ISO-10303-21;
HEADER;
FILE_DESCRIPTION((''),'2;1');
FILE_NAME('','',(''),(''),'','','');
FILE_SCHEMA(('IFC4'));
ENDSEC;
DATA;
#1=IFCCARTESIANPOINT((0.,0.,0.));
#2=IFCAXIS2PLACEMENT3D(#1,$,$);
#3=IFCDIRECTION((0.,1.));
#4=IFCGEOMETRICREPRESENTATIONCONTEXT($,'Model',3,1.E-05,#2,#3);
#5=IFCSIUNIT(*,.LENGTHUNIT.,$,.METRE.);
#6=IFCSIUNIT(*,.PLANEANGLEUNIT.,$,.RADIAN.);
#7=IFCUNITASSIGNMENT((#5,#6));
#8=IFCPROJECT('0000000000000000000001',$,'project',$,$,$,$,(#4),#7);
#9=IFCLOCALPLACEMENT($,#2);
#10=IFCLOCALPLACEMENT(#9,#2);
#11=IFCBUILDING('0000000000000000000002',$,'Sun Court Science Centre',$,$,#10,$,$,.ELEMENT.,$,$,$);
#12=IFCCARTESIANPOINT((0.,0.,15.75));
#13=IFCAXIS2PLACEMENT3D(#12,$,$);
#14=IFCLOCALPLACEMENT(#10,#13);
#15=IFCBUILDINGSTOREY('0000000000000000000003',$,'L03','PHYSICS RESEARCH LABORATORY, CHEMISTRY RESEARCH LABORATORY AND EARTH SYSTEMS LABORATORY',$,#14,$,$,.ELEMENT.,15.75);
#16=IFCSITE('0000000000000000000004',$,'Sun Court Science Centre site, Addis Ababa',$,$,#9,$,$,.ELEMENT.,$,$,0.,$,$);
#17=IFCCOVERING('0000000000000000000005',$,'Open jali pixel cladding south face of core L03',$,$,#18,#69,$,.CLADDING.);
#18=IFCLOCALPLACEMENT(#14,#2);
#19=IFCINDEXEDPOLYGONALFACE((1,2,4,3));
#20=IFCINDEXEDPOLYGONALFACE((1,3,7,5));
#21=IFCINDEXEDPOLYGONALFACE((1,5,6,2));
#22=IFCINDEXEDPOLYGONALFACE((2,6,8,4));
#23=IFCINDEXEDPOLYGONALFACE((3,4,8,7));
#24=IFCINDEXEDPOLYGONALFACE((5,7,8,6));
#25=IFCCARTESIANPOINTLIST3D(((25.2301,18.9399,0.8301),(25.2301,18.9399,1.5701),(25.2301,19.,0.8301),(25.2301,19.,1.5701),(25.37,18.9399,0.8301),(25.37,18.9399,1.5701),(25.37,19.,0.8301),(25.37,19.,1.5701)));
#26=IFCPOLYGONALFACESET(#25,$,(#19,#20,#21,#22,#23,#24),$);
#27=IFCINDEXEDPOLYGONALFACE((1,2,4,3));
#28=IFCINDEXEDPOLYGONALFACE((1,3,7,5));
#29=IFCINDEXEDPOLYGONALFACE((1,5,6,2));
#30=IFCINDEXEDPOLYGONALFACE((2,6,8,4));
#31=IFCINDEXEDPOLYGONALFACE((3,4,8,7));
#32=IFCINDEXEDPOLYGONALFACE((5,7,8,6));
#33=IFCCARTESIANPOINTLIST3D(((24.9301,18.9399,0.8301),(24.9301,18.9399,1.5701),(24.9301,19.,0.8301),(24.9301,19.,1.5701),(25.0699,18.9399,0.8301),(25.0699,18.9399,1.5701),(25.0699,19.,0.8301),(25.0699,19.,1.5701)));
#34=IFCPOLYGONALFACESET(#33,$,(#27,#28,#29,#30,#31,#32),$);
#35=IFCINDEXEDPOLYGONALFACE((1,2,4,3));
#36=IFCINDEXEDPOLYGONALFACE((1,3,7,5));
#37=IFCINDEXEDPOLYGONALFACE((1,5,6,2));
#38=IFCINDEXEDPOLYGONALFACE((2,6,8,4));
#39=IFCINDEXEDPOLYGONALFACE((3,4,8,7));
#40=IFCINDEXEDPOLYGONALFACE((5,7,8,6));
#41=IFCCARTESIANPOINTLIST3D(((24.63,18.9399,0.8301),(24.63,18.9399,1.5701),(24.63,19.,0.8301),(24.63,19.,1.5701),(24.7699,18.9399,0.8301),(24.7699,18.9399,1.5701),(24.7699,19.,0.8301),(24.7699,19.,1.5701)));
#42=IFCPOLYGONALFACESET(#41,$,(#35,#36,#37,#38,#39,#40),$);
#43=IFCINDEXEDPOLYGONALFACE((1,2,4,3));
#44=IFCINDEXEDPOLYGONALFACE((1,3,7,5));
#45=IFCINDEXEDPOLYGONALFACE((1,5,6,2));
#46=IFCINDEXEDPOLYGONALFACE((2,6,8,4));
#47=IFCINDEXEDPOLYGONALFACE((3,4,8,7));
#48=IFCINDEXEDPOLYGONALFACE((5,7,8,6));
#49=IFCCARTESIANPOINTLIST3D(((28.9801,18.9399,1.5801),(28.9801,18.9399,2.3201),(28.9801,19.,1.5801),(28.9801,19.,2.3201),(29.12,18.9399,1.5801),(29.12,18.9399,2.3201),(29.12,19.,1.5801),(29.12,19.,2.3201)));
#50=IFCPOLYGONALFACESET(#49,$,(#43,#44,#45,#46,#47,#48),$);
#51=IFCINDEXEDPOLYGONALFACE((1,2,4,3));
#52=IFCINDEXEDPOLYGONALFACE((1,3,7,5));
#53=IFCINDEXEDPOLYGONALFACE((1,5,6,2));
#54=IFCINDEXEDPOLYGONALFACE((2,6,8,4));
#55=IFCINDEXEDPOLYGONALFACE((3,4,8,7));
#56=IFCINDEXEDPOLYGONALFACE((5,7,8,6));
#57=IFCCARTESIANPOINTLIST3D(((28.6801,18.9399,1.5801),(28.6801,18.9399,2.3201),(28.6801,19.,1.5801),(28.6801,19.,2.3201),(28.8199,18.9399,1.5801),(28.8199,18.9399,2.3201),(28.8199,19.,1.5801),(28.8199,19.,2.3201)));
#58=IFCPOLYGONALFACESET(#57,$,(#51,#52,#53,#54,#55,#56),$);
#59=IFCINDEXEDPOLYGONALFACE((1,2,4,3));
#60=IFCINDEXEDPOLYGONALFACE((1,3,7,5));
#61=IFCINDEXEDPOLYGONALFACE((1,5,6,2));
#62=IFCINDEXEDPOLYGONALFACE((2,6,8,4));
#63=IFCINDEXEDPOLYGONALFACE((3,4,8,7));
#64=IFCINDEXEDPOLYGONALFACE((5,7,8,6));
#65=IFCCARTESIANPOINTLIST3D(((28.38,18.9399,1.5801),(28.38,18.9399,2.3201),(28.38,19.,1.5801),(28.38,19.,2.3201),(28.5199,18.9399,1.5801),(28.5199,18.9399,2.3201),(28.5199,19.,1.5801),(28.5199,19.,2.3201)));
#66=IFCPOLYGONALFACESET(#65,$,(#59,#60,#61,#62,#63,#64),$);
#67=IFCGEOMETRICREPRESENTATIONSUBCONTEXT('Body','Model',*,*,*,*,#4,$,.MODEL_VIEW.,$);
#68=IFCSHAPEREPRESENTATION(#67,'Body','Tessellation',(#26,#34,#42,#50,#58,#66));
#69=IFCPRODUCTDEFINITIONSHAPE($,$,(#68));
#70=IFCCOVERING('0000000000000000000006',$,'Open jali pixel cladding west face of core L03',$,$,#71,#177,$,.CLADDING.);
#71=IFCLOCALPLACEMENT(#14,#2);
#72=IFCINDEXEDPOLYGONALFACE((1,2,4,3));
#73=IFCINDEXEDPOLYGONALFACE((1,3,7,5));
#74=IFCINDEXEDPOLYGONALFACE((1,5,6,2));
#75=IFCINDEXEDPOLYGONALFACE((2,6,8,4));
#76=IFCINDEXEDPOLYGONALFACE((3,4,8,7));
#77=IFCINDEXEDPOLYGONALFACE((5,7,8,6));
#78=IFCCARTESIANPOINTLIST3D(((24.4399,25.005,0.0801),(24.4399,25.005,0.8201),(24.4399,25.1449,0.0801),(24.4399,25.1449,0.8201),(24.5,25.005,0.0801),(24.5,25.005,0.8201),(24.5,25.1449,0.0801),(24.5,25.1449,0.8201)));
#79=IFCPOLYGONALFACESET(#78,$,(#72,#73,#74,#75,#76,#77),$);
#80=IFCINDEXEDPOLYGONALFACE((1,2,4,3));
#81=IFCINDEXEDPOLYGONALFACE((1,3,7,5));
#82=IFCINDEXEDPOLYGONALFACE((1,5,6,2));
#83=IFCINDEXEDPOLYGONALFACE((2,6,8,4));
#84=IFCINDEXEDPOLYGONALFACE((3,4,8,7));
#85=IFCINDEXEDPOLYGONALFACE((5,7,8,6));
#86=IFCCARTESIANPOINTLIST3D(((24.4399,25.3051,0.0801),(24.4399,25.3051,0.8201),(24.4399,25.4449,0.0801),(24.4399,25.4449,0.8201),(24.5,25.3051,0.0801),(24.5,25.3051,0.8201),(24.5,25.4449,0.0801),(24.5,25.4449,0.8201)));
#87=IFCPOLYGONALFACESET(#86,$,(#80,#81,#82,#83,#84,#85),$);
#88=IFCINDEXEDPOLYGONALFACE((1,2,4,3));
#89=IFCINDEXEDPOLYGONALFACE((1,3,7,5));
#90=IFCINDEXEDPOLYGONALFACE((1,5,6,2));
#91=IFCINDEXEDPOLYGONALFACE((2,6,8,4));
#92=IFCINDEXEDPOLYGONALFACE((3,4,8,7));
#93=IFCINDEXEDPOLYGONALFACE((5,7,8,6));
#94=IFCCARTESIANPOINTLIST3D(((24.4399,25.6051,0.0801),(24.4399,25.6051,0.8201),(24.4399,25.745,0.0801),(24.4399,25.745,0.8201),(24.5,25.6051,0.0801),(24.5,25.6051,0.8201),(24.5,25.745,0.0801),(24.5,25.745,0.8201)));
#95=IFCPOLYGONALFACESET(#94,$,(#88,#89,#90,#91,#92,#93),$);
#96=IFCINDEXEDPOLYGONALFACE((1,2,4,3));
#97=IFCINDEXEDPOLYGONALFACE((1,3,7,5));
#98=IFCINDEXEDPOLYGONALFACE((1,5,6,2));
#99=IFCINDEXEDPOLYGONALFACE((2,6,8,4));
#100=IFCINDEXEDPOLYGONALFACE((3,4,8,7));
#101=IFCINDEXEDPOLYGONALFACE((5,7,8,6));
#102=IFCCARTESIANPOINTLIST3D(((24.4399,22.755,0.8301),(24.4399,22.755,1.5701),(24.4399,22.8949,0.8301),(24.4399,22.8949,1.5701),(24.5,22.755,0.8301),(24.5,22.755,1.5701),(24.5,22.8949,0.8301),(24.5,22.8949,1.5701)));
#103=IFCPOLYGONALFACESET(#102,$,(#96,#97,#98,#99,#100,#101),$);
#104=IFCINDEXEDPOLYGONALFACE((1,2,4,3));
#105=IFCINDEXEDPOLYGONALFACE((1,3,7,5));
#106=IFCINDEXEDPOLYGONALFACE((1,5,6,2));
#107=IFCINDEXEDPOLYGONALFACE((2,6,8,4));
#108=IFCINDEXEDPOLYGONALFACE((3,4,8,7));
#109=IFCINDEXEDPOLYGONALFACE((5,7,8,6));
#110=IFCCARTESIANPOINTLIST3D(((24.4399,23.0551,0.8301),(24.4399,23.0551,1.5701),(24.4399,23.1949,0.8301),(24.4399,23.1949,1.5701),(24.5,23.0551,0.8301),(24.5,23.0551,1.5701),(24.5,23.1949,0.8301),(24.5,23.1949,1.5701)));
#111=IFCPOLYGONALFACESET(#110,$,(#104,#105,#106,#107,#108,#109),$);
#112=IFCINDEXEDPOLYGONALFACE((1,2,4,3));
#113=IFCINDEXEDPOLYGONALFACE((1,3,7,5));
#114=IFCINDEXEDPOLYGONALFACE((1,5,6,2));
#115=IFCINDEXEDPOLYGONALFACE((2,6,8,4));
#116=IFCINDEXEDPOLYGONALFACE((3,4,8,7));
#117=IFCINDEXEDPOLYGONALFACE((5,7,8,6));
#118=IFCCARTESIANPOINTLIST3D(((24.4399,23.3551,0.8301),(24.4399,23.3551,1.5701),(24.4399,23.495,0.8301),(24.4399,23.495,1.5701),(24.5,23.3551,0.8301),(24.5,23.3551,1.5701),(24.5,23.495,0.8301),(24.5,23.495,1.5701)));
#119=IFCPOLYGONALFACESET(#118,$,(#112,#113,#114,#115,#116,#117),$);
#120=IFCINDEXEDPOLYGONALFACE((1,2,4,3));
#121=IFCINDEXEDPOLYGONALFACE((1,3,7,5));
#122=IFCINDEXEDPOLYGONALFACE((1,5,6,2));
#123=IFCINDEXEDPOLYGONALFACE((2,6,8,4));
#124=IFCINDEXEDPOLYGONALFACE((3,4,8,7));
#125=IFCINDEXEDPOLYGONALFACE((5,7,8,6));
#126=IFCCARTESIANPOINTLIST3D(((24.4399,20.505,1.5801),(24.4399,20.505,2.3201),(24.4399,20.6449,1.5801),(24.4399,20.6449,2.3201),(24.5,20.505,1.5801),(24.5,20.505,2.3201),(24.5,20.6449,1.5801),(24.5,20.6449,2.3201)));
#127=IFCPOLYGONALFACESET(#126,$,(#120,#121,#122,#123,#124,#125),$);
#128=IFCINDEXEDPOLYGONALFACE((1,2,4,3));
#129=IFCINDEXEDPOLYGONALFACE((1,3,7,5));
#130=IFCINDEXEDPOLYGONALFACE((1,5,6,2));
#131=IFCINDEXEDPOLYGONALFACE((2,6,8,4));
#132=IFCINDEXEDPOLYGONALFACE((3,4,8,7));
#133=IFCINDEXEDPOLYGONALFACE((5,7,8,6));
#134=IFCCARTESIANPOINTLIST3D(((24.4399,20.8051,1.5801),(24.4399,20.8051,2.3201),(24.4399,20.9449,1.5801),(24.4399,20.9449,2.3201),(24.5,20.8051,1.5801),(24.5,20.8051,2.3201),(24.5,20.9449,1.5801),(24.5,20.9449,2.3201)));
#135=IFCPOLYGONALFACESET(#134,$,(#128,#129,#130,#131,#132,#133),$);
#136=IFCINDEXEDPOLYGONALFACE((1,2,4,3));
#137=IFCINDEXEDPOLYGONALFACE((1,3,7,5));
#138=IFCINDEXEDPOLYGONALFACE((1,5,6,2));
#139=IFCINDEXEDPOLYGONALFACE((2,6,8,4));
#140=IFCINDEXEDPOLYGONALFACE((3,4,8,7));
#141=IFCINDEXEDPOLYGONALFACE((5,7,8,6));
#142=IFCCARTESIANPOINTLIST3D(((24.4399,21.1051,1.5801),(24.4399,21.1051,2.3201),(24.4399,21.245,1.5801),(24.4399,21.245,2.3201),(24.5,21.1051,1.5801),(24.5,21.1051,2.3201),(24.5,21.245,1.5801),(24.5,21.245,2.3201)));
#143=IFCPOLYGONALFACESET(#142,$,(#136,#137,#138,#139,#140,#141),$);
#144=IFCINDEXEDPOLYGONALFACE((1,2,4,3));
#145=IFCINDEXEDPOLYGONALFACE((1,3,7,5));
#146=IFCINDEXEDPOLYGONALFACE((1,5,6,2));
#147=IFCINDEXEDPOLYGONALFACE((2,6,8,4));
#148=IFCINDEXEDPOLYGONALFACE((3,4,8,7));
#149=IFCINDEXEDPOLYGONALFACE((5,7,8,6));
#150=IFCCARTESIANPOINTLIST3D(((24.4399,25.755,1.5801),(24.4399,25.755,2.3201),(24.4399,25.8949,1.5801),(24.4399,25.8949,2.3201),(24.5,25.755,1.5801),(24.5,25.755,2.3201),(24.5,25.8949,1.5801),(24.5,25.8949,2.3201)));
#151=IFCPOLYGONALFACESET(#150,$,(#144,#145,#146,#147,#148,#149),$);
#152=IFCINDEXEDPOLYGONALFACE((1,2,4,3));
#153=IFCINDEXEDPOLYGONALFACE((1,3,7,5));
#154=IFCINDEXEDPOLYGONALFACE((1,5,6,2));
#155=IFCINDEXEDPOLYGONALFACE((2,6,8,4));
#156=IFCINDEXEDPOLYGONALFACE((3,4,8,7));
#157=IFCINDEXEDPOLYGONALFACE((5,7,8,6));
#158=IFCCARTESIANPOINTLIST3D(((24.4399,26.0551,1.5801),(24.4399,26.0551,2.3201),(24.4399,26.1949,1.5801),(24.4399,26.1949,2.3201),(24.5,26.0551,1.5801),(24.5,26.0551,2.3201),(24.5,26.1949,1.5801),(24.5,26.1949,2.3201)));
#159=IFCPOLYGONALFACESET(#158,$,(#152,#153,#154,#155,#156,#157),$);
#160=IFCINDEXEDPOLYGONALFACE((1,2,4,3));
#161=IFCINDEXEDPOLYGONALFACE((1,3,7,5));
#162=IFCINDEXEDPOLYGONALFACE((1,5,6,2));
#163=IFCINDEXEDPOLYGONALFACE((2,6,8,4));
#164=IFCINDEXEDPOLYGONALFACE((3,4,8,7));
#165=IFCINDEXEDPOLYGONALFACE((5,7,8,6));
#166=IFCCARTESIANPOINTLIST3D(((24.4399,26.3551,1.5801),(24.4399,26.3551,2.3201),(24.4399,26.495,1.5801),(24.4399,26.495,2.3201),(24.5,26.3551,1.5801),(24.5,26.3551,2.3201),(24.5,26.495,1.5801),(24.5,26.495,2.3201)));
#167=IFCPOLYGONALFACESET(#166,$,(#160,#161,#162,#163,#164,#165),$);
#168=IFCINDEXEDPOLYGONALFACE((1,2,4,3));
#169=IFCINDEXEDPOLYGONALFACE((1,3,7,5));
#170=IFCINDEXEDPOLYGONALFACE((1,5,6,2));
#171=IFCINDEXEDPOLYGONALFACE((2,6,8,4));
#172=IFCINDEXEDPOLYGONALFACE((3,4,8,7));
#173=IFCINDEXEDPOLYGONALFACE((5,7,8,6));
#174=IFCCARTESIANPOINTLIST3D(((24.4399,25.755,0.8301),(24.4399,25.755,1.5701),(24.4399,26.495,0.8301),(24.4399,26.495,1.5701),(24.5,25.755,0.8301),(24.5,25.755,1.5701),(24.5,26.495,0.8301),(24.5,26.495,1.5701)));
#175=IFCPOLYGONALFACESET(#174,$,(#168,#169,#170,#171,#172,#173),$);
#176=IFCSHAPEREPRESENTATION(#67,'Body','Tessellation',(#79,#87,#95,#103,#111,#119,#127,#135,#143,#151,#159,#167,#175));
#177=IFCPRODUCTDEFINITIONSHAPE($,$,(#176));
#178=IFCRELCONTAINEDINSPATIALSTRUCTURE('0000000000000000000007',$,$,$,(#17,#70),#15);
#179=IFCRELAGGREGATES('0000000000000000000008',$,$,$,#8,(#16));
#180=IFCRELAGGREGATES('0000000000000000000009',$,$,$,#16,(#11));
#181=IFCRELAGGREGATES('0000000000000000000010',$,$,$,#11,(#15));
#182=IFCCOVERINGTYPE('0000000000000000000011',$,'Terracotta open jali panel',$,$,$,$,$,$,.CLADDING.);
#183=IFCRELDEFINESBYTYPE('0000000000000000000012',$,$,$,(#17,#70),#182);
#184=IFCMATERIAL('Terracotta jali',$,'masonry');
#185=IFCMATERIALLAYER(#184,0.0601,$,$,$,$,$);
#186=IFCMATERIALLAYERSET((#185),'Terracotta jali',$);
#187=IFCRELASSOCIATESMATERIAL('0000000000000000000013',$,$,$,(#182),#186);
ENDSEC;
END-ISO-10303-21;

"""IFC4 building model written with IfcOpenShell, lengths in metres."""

from ifc_helpers import new_model, si_unit, direction, frame, origin, origin_2d, place, context, subcontext, project, spatial, rectangle, extrude, material, layer, layer_set, type_object, element, save


model = new_model("IFC4")

# Units and contexts
model_context = context("Model", 3, precision=1e-05, world=origin(), true_north=direction((0.0, 1.0)))
body_context = subcontext(model_context, "Body", "Model", "MODEL_VIEW")
ifc_project = project(units=[si_unit("LENGTHUNIT", "METRE"), si_unit("PLANEANGLEUNIT", "RADIAN")], contexts=[model_context])

# Site, building, storey
site_placement = place(None, origin())
site = spatial("IfcSite", under=ifc_project, at=site_placement, Name="Sun Court Science Centre site, Addis Ababa", CompositionType="ELEMENT", RefElevation=0.0)
building_placement = place(site_placement, origin())
building = spatial("IfcBuilding", under=site, at=building_placement, Name="Sun Court Science Centre", CompositionType="ELEMENT")
storey_placement = place(building_placement, frame((0.0, 0.0, 15.75)))
storey = spatial("IfcBuildingStorey", under=building, at=storey_placement, Name="L03", Description="PHYSICS RESEARCH LABORATORY, CHEMISTRY RESEARCH LABORATORY AND EARTH SYSTEMS LABORATORY", CompositionType="ELEMENT", Elevation=15.75)

# Coverings
ifc_material_1 = material(Name="Terracotta jali", Category="masonry")
ifc_layer_1 = layer(ifc_material_1, 0.0601)
ifc_layer_set_1 = layer_set([ifc_layer_1], Name="Terracotta jali")
covering_type_1 = type_object("IfcCoveringType", Name="Terracotta open jali panel", PredefinedType="CLADDING", material=ifc_layer_set_1)
covering_1_placement = place(storey_placement, frame((0.0, 0.0, -15.75)))
element("IfcCovering", 1, at=covering_1_placement, inside=storey, type_object=covering_type_1, Name="Open jali pixel cladding south face of core L03", PredefinedType="CLADDING", context=body_context, shape_type="SweptSolid", body=[
    extrude(rectangle(XDim=0.1399, YDim=0.0601, at=origin_2d()), frame((25.3, 18.97, 16.5801), z_axis=(0.0, 0.0, 1.0), x_axis=(-1.0, 0.0, 0.0)), (0.0, 0.0, 1.0), 0.74),
    extrude(rectangle(XDim=0.1399, YDim=0.0601, at=origin_2d()), frame((25.0, 18.97, 16.5801), z_axis=(0.0, 0.0, 1.0), x_axis=(-1.0, 0.0, 0.0)), (0.0, 0.0, 1.0), 0.74),
    extrude(rectangle(XDim=0.1399, YDim=0.0601, at=origin_2d()), frame((24.7, 18.97, 16.5801), z_axis=(0.0, 0.0, 1.0), x_axis=(-1.0, 0.0, 0.0)), (0.0, 0.0, 1.0), 0.74),
    extrude(rectangle(XDim=0.1399, YDim=0.0601, at=origin_2d()), frame((29.05, 18.97, 17.3301), z_axis=(0.0, 0.0, 1.0), x_axis=(-1.0, 0.0, 0.0)), (0.0, 0.0, 1.0), 0.74),
    extrude(rectangle(XDim=0.1399, YDim=0.0601, at=origin_2d()), frame((28.75, 18.97, 17.3301), z_axis=(0.0, 0.0, 1.0), x_axis=(-1.0, 0.0, 0.0)), (0.0, 0.0, 1.0), 0.74),
    extrude(rectangle(XDim=0.1399, YDim=0.0601, at=origin_2d()), frame((28.45, 18.97, 17.3301), z_axis=(0.0, 0.0, 1.0), x_axis=(-1.0, 0.0, 0.0)), (0.0, 0.0, 1.0), 0.74),
])
covering_2_placement = place(storey_placement, frame((0.0, 0.0, -15.75)))
element("IfcCovering", 2, at=covering_2_placement, inside=storey, type_object=covering_type_1, Name="Open jali pixel cladding west face of core L03", PredefinedType="CLADDING", context=body_context, shape_type="SweptSolid", body=[
    extrude(rectangle(XDim=0.1399, YDim=0.0601, at=origin_2d()), frame((24.47, 25.075, 15.8301), z_axis=(0.0, 0.0, 1.0), x_axis=(0.0, 1.0, 0.0)), (0.0, 0.0, 1.0), 0.74),
    extrude(rectangle(XDim=0.1399, YDim=0.0601, at=origin_2d()), frame((24.47, 25.375, 15.8301), z_axis=(0.0, 0.0, 1.0), x_axis=(0.0, 1.0, 0.0)), (0.0, 0.0, 1.0), 0.74),
    extrude(rectangle(XDim=0.1399, YDim=0.0601, at=origin_2d()), frame((24.47, 25.675, 15.8301), z_axis=(0.0, 0.0, 1.0), x_axis=(0.0, 1.0, 0.0)), (0.0, 0.0, 1.0), 0.74),
    extrude(rectangle(XDim=0.1399, YDim=0.0601, at=origin_2d()), frame((24.47, 22.825, 16.5801), z_axis=(0.0, 0.0, 1.0), x_axis=(0.0, 1.0, 0.0)), (0.0, 0.0, 1.0), 0.74),
    extrude(rectangle(XDim=0.1399, YDim=0.0601, at=origin_2d()), frame((24.47, 23.125, 16.5801), z_axis=(0.0, 0.0, 1.0), x_axis=(0.0, 1.0, 0.0)), (0.0, 0.0, 1.0), 0.74),
    extrude(rectangle(XDim=0.1399, YDim=0.0601, at=origin_2d()), frame((24.47, 23.425, 16.5801), z_axis=(0.0, 0.0, 1.0), x_axis=(0.0, 1.0, 0.0)), (0.0, 0.0, 1.0), 0.74),
    extrude(rectangle(XDim=0.1399, YDim=0.0601, at=origin_2d()), frame((24.47, 20.575, 17.3301), z_axis=(0.0, 0.0, 1.0), x_axis=(0.0, 1.0, 0.0)), (0.0, 0.0, 1.0), 0.74),
    extrude(rectangle(XDim=0.1399, YDim=0.0601, at=origin_2d()), frame((24.47, 20.875, 17.3301), z_axis=(0.0, 0.0, 1.0), x_axis=(0.0, 1.0, 0.0)), (0.0, 0.0, 1.0), 0.74),
    extrude(rectangle(XDim=0.1399, YDim=0.0601, at=origin_2d()), frame((24.47, 21.175, 17.3301), z_axis=(0.0, 0.0, 1.0), x_axis=(0.0, 1.0, 0.0)), (0.0, 0.0, 1.0), 0.74),
    extrude(rectangle(XDim=0.1399, YDim=0.0601, at=origin_2d()), frame((24.47, 25.825, 17.3301), z_axis=(0.0, 0.0, 1.0), x_axis=(0.0, 1.0, 0.0)), (0.0, 0.0, 1.0), 0.74),
    extrude(rectangle(XDim=0.1399, YDim=0.0601, at=origin_2d()), frame((24.47, 26.125, 17.3301), z_axis=(0.0, 0.0, 1.0), x_axis=(0.0, 1.0, 0.0)), (0.0, 0.0, 1.0), 0.74),
    extrude(rectangle(XDim=0.1399, YDim=0.0601, at=origin_2d()), frame((24.47, 26.425, 17.3301), z_axis=(0.0, 0.0, 1.0), x_axis=(0.0, 1.0, 0.0)), (0.0, 0.0, 1.0), 0.74),
    extrude(rectangle(XDim=0.74, YDim=0.0601, at=origin_2d()), frame((24.47, 26.125, 16.5801), z_axis=(0.0, 0.0, 1.0), x_axis=(0.0, 1.0, 0.0)), (0.0, 0.0, 1.0), 0.74),
])

save(model, "model.ifc")
